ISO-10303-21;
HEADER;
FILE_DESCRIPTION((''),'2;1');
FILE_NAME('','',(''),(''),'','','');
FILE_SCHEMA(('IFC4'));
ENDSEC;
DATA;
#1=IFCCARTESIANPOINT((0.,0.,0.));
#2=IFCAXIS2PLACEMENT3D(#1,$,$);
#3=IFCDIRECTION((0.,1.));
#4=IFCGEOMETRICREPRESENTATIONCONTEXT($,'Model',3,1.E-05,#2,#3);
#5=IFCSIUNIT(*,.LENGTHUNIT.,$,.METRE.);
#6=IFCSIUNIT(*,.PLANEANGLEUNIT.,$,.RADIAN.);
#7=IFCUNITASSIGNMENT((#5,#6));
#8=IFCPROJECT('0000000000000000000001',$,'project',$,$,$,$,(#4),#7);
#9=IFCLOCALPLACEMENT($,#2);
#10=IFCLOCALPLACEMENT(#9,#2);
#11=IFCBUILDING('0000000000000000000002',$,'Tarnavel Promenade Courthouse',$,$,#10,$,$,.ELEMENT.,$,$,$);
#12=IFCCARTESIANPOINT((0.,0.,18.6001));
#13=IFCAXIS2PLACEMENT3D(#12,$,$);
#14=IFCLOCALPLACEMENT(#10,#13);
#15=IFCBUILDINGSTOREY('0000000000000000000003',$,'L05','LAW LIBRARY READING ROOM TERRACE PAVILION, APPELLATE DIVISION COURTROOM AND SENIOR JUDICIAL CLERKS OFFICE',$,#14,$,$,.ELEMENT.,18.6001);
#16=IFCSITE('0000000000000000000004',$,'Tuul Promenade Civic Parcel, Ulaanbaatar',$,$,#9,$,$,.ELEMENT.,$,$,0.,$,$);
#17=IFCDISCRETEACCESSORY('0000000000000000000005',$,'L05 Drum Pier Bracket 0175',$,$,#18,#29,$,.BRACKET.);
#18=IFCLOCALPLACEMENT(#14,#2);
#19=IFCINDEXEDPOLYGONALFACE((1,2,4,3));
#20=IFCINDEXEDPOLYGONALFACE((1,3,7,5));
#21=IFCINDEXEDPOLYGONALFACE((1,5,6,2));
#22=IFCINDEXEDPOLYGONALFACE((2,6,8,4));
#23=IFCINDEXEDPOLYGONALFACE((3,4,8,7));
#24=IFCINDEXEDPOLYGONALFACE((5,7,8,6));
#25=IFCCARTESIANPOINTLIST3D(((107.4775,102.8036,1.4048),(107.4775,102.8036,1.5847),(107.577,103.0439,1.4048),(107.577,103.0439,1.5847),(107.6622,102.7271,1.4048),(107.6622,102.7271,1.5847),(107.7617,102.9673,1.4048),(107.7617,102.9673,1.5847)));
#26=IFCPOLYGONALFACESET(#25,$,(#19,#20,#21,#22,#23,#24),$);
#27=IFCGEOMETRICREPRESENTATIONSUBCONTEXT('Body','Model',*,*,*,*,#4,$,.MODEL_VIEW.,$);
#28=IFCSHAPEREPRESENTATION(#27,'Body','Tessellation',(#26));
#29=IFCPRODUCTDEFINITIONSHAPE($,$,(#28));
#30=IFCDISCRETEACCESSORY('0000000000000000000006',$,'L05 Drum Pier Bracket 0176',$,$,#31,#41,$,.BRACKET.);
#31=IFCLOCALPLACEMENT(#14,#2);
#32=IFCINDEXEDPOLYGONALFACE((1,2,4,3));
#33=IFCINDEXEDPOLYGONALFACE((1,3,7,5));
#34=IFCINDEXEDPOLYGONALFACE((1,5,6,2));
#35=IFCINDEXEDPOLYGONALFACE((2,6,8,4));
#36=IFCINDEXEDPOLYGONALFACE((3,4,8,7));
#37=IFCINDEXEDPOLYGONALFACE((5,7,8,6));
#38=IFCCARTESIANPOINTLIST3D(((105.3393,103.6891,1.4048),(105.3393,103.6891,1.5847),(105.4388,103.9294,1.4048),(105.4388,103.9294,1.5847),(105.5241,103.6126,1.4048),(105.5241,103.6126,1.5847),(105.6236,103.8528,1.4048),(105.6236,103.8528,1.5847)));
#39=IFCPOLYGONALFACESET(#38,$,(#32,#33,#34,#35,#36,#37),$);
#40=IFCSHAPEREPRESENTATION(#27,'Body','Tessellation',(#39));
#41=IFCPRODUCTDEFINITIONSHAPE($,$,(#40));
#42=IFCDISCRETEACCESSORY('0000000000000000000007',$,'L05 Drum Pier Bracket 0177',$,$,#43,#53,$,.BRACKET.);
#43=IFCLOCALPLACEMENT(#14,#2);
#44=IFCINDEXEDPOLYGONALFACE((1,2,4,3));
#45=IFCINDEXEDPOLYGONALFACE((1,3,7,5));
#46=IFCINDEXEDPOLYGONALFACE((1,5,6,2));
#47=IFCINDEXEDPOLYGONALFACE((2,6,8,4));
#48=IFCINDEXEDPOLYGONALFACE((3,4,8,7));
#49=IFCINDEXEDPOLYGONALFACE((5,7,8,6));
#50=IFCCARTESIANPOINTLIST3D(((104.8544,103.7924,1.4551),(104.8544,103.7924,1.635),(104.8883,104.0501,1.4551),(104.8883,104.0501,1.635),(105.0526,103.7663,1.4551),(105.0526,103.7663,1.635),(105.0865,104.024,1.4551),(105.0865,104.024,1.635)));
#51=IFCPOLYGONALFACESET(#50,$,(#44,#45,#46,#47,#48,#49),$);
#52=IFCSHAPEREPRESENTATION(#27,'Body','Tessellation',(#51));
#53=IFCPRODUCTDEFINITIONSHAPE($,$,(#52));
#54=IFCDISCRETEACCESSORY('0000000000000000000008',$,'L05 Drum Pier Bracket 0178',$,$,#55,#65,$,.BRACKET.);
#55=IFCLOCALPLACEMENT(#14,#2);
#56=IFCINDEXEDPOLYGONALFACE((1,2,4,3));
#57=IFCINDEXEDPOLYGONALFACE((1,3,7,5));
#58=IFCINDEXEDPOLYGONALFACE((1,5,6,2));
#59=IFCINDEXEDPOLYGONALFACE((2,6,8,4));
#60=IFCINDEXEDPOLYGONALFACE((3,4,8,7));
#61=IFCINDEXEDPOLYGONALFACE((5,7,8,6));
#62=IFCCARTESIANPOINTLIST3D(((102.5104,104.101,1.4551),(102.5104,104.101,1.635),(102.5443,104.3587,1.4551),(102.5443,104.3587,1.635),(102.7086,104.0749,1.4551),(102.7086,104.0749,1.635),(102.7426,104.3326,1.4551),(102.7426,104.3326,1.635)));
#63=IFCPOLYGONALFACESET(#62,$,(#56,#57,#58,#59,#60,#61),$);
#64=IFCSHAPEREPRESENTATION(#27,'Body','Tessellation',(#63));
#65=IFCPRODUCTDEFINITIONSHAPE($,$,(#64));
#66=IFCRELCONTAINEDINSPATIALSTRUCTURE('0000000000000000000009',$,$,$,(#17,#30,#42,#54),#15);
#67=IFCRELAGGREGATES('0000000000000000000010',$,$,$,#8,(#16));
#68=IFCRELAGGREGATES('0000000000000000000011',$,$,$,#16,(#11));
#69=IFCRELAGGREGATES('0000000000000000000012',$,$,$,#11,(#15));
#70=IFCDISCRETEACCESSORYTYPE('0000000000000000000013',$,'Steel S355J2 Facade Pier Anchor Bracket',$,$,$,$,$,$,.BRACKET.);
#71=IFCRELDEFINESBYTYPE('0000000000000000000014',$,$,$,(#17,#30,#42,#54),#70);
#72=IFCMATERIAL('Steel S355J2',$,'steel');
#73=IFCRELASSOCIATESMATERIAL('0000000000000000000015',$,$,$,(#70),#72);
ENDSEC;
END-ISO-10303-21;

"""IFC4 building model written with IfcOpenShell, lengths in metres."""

from ifc_helpers import new_model, si_unit, direction, frame, origin, origin_2d, place, context, subcontext, project, spatial, rectangle, extrude, material, type_object, element, save


model = new_model("IFC4")

# Units and contexts
model_context = context("Model", 3, precision=1e-05, world=origin(), true_north=direction((0.0, 1.0)))
body_context = subcontext(model_context, "Body", "Model", "MODEL_VIEW")
ifc_project = project(units=[si_unit("LENGTHUNIT", "METRE"), si_unit("PLANEANGLEUNIT", "RADIAN")], contexts=[model_context])

# Site, building, storey
site_placement = place(None, origin())
site = spatial("IfcSite", under=ifc_project, at=site_placement, Name="Tuul Promenade Civic Parcel, Ulaanbaatar", CompositionType="ELEMENT", RefElevation=0.0)
building_placement = place(site_placement, origin())
building = spatial("IfcBuilding", under=site, at=building_placement, Name="Tarnavel Promenade Courthouse", CompositionType="ELEMENT")
storey_placement = place(building_placement, frame((0.0, 0.0, 18.6001)))
storey = spatial("IfcBuildingStorey", under=building, at=storey_placement, Name="L05", Description="LAW LIBRARY READING ROOM TERRACE PAVILION, APPELLATE DIVISION COURTROOM AND SENIOR JUDICIAL CLERKS OFFICE", CompositionType="ELEMENT", Elevation=18.6001)

# Shared definitions
ifc_material_1 = material(Name="Steel S355J2", Category="steel")

# Discrete accessories
discrete_accessory_type = type_object("IfcDiscreteAccessoryType", Name="Steel S355J2 Facade Pier Anchor Bracket", PredefinedType="BRACKET", material=ifc_material_1)
for number, where, z_axis, x_axis, name in (
    (1, (107.6196, 102.8855, 1.4048), (0.0, 0.0, 1.0), (-0.92388, 0.382683, 0.0), "L05 Drum Pier Bracket 0175"),
    (2, (105.4814, 103.771, 1.4048), (0.0, 0.0, 1.0), (-0.92388, 0.382683, 0.0), "L05 Drum Pier Bracket 0176"),
    (3, (104.9705, 103.9082, 1.4551), (0.0, 0.0, 1.0), (-0.991445, 0.130526, 0.0), "L05 Drum Pier Bracket 0177"),
    (4, (102.6265, 104.2168, 1.4551), (0.0, 0.0, 1.0), (-0.991445, 0.130526, 0.0), "L05 Drum Pier Bracket 0178"),
):
    element("IfcDiscreteAccessory", number, at=place(storey_placement, frame(where, z_axis=z_axis, x_axis=x_axis)), inside=storey, type_object=discrete_accessory_type, Name=name, PredefinedType="BRACKET", context=body_context, shape_type="SweptSolid", body=[
        extrude(rectangle(XDim=0.2, YDim=0.26, at=origin_2d()), origin(), (0.0, 0.0, 1.0), 0.1799),
    ])

save(model, "model.ifc")
